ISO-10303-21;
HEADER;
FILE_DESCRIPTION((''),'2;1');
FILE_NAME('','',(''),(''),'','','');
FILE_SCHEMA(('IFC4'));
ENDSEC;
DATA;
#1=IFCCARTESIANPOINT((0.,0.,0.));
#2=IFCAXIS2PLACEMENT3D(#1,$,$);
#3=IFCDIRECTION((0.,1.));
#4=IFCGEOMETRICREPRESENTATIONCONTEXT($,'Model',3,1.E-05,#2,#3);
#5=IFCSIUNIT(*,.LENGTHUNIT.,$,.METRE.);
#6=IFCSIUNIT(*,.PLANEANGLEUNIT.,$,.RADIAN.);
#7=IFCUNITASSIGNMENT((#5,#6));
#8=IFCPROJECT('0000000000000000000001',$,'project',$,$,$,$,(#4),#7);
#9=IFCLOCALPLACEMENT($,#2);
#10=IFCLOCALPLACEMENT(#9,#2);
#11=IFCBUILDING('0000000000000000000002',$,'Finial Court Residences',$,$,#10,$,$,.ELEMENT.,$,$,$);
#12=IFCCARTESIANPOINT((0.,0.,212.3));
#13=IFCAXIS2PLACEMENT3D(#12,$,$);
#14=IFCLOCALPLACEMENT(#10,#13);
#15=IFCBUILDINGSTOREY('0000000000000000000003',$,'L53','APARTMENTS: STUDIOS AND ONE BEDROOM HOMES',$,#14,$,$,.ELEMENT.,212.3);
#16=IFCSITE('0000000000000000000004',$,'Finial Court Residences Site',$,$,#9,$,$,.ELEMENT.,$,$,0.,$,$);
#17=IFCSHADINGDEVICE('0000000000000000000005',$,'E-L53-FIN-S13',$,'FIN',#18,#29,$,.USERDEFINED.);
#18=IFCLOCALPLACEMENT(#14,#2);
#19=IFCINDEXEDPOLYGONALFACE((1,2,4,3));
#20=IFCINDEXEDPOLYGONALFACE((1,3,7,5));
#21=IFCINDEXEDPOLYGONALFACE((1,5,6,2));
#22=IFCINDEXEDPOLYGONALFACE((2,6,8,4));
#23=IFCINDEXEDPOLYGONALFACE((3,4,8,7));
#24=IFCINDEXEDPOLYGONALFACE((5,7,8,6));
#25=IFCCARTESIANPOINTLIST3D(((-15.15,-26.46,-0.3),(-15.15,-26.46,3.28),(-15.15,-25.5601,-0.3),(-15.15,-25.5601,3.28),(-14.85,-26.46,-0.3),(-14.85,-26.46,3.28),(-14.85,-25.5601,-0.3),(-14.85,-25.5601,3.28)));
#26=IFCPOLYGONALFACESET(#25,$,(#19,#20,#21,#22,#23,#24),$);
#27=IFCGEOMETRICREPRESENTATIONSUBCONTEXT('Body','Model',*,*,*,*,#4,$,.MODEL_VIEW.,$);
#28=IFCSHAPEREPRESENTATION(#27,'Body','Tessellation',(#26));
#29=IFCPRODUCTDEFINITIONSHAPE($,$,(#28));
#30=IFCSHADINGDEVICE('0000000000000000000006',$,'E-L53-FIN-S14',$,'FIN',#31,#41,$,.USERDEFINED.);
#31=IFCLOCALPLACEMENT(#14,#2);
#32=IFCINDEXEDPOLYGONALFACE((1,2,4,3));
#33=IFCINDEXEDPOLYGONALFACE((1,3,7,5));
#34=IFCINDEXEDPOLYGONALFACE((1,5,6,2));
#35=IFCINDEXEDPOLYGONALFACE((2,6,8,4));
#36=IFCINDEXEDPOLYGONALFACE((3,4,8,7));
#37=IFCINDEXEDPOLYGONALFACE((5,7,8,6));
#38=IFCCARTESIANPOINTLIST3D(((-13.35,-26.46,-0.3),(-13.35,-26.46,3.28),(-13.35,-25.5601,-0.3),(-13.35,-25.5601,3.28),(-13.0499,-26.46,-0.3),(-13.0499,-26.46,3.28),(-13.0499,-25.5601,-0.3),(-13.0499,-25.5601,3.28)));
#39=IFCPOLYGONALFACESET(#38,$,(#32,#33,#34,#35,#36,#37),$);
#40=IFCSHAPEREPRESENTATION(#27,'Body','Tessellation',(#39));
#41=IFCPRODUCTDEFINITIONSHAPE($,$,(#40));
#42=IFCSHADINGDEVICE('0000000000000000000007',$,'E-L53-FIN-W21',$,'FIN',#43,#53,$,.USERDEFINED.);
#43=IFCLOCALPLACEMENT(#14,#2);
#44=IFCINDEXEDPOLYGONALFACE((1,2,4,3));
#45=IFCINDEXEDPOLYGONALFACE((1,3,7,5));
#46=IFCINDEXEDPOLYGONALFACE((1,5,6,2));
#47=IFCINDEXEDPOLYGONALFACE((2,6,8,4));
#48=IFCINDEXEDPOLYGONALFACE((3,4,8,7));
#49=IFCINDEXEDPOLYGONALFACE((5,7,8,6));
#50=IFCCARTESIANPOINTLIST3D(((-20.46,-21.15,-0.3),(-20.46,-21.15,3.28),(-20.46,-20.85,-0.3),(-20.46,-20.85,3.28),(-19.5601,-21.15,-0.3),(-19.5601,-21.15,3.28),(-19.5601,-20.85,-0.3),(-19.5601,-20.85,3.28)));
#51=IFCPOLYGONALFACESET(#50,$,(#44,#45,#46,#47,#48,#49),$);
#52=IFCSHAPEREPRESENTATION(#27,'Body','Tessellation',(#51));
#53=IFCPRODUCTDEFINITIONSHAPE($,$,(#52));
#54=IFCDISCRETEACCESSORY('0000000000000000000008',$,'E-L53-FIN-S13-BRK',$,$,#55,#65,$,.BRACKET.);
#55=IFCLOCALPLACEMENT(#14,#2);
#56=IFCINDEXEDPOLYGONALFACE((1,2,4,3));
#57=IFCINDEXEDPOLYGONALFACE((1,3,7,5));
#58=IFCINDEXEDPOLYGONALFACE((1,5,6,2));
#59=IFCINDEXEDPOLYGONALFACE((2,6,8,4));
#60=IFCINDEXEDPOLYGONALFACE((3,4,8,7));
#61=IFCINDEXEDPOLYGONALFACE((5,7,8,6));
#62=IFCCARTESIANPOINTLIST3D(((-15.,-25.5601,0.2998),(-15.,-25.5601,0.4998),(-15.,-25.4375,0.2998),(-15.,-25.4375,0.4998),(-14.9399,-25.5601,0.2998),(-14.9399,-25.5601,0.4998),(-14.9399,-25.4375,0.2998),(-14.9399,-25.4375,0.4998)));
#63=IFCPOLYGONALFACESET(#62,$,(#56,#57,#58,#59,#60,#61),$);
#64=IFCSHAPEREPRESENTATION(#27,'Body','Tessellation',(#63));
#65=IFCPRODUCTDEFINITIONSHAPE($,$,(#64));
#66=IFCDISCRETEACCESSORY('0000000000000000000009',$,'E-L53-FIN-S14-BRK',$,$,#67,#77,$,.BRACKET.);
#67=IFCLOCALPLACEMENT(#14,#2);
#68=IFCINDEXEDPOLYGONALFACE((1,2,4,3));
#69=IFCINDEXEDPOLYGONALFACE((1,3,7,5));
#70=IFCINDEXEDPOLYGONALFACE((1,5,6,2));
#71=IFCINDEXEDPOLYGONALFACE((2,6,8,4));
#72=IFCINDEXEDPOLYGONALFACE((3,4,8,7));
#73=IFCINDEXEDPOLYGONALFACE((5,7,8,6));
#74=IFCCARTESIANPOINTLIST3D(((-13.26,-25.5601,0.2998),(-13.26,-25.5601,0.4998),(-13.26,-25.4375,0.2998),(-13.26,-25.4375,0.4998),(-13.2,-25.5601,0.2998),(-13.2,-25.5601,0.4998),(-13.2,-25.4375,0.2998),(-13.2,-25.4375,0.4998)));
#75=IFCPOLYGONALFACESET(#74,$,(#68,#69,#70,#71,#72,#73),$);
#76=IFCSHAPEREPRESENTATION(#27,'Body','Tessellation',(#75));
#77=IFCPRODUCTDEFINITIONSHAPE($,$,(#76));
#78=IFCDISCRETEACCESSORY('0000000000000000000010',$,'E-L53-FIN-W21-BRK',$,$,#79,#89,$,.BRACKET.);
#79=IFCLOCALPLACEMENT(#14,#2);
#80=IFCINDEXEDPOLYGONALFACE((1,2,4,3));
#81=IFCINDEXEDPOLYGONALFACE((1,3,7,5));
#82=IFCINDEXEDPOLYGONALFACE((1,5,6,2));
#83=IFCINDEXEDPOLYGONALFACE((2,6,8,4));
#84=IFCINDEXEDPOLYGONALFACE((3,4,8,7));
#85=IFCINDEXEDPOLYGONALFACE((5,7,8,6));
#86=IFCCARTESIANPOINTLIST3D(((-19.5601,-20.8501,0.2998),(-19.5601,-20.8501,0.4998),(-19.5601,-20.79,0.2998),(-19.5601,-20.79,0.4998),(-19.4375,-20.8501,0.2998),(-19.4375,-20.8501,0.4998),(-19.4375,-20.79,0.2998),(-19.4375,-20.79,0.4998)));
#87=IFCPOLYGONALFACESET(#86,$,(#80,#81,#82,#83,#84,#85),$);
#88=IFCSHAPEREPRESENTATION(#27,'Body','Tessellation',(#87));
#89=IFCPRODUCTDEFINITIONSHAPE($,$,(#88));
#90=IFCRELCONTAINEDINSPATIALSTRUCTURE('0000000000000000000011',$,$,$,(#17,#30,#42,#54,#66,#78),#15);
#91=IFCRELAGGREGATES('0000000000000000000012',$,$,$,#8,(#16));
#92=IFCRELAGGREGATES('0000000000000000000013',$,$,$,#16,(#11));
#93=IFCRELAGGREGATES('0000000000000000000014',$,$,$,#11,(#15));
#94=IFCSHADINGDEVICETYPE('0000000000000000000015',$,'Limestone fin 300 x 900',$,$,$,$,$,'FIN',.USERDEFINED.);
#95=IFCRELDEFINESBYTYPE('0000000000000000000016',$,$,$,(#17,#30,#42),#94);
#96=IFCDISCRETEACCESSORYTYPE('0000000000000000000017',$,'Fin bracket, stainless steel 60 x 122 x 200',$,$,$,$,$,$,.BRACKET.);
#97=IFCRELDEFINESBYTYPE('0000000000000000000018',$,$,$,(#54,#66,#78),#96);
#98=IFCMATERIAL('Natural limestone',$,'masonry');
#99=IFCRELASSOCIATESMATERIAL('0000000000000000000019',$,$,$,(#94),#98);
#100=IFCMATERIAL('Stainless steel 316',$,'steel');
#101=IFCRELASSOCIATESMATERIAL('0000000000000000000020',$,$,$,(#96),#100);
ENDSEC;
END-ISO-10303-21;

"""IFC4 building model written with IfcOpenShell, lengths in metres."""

from ifc_helpers import new_model, si_unit, direction, frame, origin, origin_2d, place, context, subcontext, project, spatial, rectangle, extrude, material, type_object, element, save


model = new_model("IFC4")

# Units and contexts
model_context = context("Model", 3, precision=1e-05, world=origin(), true_north=direction((0.0, 1.0)))
body_context = subcontext(model_context, "Body", "Model", "MODEL_VIEW")
ifc_project = project(units=[si_unit("LENGTHUNIT", "METRE"), si_unit("PLANEANGLEUNIT", "RADIAN")], contexts=[model_context])

# Site, building, storey
site_placement = place(None, origin())
site = spatial("IfcSite", under=ifc_project, at=site_placement, Name="Finial Court Residences Site", CompositionType="ELEMENT", RefElevation=0.0)
building_placement = place(site_placement, origin())
building = spatial("IfcBuilding", under=site, at=building_placement, Name="Finial Court Residences", CompositionType="ELEMENT")
storey_placement = place(building_placement, frame((0.0, 0.0, 212.3)))
storey = spatial("IfcBuildingStorey", under=building, at=storey_placement, Name="L53", Description="APARTMENTS: STUDIOS AND ONE BEDROOM HOMES", CompositionType="ELEMENT", Elevation=212.3)

# Shared definitions
ifc_material_1 = material(Name="Natural limestone", Category="masonry")

# Shading devices
shading_device_type = type_object("IfcShadingDeviceType", Name="Limestone fin 300 x 900", ElementType="FIN", PredefinedType="USERDEFINED", material=ifc_material_1)
for number, where, z_axis, x_axis, name in (
    (1, (-15.0, -26.01, -0.3), (0.0, 0.0, 1.0), (1.0, 0.0, 0.0), "E-L53-FIN-S13"),
    (2, (-13.2, -26.01, -0.3), (0.0, 0.0, 1.0), (1.0, 0.0, 0.0), "E-L53-FIN-S14"),
):
    element("IfcShadingDevice", number, at=place(storey_placement, frame(where, z_axis=z_axis, x_axis=x_axis)), inside=storey, type_object=shading_device_type, Name=name, ObjectType="FIN", PredefinedType="USERDEFINED", context=body_context, shape_type="SweptSolid", body=[
        extrude(rectangle(XDim=0.3, YDim=0.8999, at=origin_2d()), origin(), (0.0, 0.0, 1.0), 3.5801),
    ])
shading_device_placement = place(storey_placement, frame((-20.01, -21.0, -0.3), z_axis=(0.0, 0.0, 1.0), x_axis=(1.0, 0.0, 0.0)))
element("IfcShadingDevice", 3, at=shading_device_placement, inside=storey, type_object=shading_device_type, Name="E-L53-FIN-W21", ObjectType="FIN", PredefinedType="USERDEFINED", context=body_context, shape_type="SweptSolid", body=[
    extrude(rectangle(XDim=0.8999, YDim=0.3, at=origin_2d()), origin(), (0.0, 0.0, 1.0), 3.5801),
])

# Discrete accessories
ifc_material_2 = material(Name="Stainless steel 316", Category="steel")
discrete_accessory_type = type_object("IfcDiscreteAccessoryType", Name="Fin bracket, stainless steel 60 x 122 x 200", PredefinedType="BRACKET", material=ifc_material_2)
for number, where, z_axis, x_axis, name in (
    (4, (-14.97, -25.4988, 0.2998), (0.0, 0.0, 1.0), (1.0, 0.0, 0.0), "E-L53-FIN-S13-BRK"),
    (5, (-13.23, -25.4988, 0.2998), (0.0, 0.0, 1.0), (1.0, 0.0, 0.0), "E-L53-FIN-S14-BRK"),
):
    element("IfcDiscreteAccessory", number, at=place(storey_placement, frame(where, z_axis=z_axis, x_axis=x_axis)), inside=storey, type_object=discrete_accessory_type, Name=name, PredefinedType="BRACKET", context=body_context, shape_type="SweptSolid", body=[
        extrude(rectangle(XDim=0.0601, YDim=0.1226, at=origin_2d()), origin(), (0.0, 0.0, 1.0), 0.2),
    ])
discrete_accessory_placement = place(storey_placement, frame((-19.4988, -20.8201, 0.2998), z_axis=(0.0, 0.0, 1.0), x_axis=(1.0, 0.0, 0.0)))
element("IfcDiscreteAccessory", 6, at=discrete_accessory_placement, inside=storey, type_object=discrete_accessory_type, Name="E-L53-FIN-W21-BRK", PredefinedType="BRACKET", context=body_context, shape_type="SweptSolid", body=[
    extrude(rectangle(XDim=0.1226, YDim=0.0601, at=origin_2d()), origin(), (0.0, 0.0, 1.0), 0.2),
])

save(model, "model.ifc")
